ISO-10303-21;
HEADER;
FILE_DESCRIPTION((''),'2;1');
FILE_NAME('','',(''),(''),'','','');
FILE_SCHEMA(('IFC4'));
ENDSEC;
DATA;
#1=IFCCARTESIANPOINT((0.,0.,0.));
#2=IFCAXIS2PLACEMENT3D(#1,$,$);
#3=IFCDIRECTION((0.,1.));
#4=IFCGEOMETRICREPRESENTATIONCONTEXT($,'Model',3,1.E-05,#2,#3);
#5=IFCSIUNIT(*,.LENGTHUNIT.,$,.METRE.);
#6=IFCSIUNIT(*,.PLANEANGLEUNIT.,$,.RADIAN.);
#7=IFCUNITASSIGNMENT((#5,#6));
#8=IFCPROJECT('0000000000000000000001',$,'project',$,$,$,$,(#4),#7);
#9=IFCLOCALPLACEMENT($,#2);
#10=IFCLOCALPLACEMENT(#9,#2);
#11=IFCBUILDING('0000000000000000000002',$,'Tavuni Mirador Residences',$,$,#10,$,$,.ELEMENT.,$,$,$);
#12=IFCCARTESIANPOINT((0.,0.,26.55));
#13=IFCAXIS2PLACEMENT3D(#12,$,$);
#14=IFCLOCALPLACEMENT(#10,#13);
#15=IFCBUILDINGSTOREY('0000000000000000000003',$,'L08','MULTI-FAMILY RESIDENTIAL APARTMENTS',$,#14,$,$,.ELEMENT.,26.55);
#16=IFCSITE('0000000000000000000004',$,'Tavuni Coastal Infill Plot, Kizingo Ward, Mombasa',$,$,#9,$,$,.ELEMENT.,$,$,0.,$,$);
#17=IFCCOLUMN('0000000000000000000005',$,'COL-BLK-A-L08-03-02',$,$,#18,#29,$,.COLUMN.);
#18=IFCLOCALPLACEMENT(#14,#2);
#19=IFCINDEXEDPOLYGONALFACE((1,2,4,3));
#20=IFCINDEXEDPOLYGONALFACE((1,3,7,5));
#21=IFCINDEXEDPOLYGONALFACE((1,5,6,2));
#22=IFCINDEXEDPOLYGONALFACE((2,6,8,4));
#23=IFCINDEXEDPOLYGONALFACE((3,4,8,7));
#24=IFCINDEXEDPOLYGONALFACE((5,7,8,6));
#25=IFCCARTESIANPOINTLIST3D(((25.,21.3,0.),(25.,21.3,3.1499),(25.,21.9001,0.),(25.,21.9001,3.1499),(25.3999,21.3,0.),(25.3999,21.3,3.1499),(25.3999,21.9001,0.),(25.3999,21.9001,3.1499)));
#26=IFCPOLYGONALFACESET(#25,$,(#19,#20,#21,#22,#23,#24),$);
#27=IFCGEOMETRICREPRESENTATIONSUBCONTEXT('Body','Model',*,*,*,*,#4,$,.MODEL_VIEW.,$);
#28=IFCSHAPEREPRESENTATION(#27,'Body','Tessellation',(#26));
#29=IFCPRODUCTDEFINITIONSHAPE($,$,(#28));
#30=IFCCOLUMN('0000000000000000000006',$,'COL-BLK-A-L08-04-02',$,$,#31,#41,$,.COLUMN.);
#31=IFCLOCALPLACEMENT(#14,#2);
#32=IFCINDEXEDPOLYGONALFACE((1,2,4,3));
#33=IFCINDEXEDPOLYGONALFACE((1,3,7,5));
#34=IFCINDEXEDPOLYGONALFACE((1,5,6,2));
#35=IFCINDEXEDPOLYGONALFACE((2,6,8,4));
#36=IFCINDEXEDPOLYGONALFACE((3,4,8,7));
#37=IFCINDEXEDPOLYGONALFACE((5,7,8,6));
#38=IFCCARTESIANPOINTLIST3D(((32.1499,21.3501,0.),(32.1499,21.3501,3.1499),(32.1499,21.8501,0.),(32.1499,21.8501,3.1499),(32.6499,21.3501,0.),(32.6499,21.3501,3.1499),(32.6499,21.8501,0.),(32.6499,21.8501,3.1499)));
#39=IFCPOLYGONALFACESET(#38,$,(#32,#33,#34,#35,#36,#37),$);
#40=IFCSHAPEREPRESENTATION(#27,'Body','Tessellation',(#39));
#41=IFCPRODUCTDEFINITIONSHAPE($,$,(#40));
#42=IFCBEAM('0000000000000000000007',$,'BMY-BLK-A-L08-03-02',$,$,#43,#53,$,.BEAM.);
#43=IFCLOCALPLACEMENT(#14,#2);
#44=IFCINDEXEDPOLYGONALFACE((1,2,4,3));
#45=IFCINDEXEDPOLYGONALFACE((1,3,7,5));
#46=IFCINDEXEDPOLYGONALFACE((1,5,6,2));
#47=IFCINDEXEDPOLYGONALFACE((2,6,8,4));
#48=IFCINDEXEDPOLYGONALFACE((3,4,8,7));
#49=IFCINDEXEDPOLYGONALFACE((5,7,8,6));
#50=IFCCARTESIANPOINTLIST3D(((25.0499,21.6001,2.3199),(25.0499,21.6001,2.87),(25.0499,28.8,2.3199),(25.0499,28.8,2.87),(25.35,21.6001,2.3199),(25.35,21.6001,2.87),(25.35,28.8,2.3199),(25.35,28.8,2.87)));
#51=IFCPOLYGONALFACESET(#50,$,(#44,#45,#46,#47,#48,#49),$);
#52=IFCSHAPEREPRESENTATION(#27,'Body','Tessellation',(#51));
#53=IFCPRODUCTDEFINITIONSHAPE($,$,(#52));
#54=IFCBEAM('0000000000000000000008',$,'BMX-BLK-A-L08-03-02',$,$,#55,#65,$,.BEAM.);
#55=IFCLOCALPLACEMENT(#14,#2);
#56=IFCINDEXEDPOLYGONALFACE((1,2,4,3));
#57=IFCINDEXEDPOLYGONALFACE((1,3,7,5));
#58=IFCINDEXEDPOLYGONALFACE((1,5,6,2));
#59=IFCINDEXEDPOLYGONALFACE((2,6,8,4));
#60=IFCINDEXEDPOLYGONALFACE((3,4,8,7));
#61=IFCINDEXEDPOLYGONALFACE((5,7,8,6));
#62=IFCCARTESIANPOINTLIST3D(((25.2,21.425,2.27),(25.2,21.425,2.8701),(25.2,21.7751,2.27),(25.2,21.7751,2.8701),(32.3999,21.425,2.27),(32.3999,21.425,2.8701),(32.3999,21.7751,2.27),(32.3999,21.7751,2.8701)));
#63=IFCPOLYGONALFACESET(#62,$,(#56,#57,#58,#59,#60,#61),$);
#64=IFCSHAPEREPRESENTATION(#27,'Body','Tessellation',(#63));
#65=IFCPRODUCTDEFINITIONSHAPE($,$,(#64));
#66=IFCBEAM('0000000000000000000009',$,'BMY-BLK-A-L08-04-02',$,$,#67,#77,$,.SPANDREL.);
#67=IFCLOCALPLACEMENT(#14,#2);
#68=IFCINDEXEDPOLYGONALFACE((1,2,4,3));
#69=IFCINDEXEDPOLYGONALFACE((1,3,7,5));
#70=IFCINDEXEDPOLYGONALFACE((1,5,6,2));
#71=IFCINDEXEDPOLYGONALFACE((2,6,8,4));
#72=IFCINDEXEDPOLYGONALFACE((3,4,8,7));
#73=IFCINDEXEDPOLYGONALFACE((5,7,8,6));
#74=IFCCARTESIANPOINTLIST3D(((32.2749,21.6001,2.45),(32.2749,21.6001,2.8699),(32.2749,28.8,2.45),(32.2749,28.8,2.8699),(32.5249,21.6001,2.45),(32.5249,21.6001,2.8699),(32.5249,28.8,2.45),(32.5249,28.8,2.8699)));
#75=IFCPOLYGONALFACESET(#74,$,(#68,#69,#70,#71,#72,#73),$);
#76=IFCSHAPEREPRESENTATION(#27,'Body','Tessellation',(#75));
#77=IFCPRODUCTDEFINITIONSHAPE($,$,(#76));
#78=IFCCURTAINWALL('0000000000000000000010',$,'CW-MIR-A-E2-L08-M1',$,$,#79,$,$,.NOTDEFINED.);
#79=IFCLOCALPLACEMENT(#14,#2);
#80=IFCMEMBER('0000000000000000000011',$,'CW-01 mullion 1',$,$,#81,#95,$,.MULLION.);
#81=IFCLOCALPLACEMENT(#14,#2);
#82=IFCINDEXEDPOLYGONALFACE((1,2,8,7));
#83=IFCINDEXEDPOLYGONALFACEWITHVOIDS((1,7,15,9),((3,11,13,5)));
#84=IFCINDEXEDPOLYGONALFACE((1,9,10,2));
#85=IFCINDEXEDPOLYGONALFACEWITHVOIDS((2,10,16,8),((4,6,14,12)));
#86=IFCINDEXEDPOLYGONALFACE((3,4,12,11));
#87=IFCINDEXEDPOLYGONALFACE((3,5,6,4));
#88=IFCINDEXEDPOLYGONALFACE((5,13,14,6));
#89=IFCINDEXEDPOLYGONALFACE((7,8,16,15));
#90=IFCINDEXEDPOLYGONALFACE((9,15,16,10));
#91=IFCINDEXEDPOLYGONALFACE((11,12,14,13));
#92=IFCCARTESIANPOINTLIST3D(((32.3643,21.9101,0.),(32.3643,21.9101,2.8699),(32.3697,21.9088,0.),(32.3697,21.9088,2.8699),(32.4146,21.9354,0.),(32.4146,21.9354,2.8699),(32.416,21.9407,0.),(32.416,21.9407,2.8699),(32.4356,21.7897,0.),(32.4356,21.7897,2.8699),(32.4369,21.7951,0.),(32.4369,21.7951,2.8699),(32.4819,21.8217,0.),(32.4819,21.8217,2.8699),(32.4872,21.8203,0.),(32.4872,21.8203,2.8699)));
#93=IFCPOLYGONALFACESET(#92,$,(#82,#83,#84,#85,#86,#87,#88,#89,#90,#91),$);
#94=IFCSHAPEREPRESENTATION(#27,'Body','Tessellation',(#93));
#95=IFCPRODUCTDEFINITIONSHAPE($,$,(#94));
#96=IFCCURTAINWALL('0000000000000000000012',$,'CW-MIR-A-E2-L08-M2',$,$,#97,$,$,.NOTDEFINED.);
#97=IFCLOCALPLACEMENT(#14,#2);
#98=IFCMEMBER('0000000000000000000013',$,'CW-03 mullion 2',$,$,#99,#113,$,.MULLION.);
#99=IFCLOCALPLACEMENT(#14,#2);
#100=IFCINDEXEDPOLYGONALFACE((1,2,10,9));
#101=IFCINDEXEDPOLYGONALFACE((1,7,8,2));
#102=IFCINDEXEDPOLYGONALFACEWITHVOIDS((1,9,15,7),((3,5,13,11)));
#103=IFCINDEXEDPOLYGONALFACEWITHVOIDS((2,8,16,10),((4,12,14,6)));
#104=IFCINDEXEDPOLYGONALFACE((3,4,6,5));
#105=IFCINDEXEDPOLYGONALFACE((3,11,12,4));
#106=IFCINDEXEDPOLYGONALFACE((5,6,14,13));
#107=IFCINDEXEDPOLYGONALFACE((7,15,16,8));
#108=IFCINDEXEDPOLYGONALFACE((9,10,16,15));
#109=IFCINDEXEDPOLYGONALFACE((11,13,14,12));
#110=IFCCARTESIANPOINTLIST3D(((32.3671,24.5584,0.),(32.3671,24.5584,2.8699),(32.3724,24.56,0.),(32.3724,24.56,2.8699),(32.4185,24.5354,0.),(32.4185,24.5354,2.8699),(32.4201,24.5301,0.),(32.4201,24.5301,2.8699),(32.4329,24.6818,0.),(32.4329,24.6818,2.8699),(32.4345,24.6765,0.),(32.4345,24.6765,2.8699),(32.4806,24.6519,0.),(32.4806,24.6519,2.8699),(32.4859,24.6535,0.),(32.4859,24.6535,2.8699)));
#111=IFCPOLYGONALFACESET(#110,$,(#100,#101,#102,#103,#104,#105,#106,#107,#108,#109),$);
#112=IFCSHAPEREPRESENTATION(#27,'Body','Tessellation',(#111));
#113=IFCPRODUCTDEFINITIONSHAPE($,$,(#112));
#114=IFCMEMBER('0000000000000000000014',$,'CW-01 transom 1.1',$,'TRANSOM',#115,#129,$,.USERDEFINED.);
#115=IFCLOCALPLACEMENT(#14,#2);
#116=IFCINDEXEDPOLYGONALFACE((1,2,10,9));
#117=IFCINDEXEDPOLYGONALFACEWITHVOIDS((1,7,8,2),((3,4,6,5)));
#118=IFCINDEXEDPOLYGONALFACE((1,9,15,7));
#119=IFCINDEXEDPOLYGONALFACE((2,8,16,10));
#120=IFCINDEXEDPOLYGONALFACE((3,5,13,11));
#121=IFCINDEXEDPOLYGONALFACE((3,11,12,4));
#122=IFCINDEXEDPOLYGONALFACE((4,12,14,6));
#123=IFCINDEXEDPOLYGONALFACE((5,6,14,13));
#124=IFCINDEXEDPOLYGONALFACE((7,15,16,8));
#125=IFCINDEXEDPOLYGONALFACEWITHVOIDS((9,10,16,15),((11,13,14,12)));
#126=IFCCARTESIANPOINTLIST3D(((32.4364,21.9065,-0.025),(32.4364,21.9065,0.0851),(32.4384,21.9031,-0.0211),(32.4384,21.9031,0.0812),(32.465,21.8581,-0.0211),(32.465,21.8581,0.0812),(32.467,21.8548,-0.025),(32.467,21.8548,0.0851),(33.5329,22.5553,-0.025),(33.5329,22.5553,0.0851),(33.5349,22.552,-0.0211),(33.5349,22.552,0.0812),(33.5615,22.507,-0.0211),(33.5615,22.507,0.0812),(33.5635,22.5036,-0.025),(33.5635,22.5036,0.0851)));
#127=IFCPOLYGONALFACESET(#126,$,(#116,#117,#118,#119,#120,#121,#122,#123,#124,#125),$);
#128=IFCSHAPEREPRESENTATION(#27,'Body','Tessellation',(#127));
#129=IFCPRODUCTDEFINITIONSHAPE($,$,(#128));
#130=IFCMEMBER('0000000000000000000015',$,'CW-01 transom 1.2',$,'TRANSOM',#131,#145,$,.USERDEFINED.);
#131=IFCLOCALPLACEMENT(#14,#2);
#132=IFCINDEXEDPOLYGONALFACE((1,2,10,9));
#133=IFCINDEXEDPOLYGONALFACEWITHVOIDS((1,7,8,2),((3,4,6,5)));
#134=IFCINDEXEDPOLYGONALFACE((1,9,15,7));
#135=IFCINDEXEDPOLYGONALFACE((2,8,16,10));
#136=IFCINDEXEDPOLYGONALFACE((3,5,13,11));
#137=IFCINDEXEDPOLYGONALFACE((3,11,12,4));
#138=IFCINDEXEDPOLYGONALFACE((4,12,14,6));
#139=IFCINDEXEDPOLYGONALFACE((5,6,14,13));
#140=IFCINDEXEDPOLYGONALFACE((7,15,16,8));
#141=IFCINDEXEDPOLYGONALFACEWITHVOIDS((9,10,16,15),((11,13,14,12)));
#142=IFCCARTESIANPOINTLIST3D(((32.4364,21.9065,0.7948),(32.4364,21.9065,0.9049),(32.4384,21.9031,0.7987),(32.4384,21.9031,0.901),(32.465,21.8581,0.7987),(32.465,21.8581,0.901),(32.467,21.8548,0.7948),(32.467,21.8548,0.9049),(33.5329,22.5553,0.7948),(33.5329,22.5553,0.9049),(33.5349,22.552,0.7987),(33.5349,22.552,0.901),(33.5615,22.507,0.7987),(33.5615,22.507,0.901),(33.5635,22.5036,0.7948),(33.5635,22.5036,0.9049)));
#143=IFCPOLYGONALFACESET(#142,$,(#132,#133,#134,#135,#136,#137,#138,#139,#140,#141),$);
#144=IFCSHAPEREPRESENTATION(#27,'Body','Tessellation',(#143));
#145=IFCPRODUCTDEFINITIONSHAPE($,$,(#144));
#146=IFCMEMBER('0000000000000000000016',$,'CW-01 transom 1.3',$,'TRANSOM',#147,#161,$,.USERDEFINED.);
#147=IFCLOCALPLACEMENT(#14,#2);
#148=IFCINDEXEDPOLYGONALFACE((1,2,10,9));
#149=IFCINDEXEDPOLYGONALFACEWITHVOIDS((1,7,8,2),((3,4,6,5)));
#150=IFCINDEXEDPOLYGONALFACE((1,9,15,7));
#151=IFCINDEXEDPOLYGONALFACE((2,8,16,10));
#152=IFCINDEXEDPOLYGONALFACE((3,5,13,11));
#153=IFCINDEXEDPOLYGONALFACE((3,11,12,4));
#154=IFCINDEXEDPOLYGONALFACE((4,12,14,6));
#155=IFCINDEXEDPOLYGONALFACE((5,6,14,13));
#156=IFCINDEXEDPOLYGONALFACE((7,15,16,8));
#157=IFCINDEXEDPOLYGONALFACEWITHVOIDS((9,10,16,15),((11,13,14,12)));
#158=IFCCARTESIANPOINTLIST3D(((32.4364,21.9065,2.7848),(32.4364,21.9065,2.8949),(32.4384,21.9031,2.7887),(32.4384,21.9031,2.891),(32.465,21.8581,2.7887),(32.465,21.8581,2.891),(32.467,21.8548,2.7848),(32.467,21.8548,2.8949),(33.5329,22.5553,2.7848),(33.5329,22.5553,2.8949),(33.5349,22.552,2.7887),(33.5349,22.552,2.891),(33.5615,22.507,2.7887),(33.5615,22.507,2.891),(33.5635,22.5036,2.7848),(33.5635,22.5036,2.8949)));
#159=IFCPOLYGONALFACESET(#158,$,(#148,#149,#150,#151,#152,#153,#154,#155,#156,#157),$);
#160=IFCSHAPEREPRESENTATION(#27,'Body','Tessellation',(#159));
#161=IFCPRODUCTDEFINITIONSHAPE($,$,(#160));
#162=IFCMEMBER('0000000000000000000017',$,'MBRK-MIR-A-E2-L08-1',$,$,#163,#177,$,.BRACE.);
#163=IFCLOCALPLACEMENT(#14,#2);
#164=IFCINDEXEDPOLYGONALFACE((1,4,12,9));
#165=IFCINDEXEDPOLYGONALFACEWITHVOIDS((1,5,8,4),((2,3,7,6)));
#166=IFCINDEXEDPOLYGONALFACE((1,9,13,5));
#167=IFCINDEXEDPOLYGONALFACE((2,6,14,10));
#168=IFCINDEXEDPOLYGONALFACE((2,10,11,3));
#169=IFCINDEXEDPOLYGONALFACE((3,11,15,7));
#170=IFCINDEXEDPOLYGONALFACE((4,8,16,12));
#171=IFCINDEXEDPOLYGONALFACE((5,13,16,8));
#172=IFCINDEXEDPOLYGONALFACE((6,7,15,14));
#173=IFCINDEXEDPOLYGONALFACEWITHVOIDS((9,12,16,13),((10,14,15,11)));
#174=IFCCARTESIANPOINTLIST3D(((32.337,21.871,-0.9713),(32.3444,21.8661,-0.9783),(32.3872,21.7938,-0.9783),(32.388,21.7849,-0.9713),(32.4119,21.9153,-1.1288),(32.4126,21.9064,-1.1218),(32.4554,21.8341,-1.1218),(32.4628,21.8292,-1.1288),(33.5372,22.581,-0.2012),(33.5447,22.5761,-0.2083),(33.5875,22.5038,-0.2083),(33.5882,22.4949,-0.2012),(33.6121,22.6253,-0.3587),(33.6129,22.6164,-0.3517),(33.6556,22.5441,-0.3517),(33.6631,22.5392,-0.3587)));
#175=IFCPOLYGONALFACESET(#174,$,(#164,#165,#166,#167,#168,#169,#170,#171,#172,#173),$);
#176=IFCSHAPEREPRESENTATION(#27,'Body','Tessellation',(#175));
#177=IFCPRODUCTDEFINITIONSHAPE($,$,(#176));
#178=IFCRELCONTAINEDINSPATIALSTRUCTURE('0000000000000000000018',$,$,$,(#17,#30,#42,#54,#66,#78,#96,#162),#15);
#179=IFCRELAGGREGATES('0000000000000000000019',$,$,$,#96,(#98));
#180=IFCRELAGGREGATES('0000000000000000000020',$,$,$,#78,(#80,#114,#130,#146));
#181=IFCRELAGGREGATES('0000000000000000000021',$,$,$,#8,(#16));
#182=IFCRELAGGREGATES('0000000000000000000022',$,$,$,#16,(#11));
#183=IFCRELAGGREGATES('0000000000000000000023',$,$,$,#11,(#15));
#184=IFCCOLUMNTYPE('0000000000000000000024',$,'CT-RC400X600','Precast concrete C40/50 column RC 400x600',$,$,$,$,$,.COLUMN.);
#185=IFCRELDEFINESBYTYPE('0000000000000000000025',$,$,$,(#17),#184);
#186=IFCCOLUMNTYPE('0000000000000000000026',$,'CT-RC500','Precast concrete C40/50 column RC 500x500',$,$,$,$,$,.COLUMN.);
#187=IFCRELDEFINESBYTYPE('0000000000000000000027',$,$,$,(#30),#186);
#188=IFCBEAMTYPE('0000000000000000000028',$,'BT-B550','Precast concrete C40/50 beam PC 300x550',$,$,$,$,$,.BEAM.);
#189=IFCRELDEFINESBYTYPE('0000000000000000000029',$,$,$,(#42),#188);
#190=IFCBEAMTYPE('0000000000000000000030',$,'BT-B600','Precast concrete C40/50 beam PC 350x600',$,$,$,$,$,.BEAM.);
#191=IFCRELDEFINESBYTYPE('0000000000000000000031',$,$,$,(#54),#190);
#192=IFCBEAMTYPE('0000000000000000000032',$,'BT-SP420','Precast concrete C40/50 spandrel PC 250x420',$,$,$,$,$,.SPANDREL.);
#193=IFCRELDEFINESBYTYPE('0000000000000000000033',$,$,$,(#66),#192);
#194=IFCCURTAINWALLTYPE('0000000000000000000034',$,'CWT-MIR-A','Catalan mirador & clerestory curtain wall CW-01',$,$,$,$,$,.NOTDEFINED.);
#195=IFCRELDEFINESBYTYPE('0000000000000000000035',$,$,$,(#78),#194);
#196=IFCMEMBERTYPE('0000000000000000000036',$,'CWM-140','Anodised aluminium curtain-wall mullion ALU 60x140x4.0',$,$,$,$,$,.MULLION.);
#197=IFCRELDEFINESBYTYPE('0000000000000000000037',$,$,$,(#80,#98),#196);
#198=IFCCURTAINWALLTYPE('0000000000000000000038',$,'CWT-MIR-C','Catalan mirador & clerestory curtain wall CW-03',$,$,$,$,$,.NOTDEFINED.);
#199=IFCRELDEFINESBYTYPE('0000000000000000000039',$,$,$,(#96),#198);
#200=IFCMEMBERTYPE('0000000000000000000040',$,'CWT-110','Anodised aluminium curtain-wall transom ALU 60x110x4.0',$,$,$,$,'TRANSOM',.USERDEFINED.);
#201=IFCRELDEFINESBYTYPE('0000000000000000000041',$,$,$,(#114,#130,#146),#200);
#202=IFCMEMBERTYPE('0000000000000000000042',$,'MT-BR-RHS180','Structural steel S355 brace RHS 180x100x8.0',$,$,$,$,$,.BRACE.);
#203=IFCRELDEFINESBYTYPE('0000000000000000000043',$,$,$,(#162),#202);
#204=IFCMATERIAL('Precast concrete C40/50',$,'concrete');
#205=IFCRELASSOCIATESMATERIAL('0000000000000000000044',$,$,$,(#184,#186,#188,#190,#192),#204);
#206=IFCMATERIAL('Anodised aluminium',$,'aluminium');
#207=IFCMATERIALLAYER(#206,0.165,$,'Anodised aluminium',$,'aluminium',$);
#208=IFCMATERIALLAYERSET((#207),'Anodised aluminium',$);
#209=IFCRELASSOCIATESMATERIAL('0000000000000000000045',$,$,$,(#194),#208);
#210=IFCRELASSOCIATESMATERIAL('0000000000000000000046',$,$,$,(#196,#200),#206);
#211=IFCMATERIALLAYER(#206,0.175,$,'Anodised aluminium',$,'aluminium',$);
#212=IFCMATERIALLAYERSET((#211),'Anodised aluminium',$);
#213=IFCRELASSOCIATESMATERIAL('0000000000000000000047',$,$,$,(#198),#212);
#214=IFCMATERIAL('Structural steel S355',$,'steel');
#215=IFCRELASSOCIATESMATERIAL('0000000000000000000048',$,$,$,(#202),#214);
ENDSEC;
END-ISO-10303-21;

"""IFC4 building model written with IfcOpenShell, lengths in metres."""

from ifc_helpers import new_model, si_unit, direction, frame, origin, origin_2d, place, context, subcontext, project, spatial, rectangle, hollow_rectangle, extrude, material, layer, layer_set, material_profile, profile_set, type_object, element, aggregate, save


model = new_model("IFC4")

# Units and contexts
model_context = context("Model", 3, precision=1e-05, world=origin(), true_north=direction((0.0, 1.0)))
body_context = subcontext(model_context, "Body", "Model", "MODEL_VIEW")
ifc_project = project(units=[si_unit("LENGTHUNIT", "METRE"), si_unit("PLANEANGLEUNIT", "RADIAN")], contexts=[model_context])

# Site, building, storey
site_placement = place(None, origin())
site = spatial("IfcSite", under=ifc_project, at=site_placement, Name="Tavuni Coastal Infill Plot, Kizingo Ward, Mombasa", CompositionType="ELEMENT", RefElevation=0.0)
building_placement = place(site_placement, origin())
building = spatial("IfcBuilding", under=site, at=building_placement, Name="Tavuni Mirador Residences", CompositionType="ELEMENT")
storey_placement = place(building_placement, frame((0.0, 0.0, 26.55)))
storey = spatial("IfcBuildingStorey", under=building, at=storey_placement, Name="L08", Description="MULTI-FAMILY RESIDENTIAL APARTMENTS", CompositionType="ELEMENT", Elevation=26.55)

# Columns
ifc_material_1 = material(Name="Precast concrete C40/50", Category="concrete")
ifc_material_profile_1 = material_profile(ifc_material_1, rectangle(XDim=0.3999, YDim=0.6001, at=origin_2d()), Name="RC 400x600", Category="concrete")
ifc_profile_set_1 = profile_set([ifc_material_profile_1], Name="Precast concrete C40/50")
column_type_1 = type_object("IfcColumnType", Name="CT-RC400X600", Description="Precast concrete C40/50 column RC 400x600", PredefinedType="COLUMN", material=ifc_profile_set_1)
column_1_placement = place(storey_placement, frame((25.2, 21.6001, 0.0), z_axis=(0.0, 0.0, 1.0), x_axis=(1.0, 0.0, 0.0)))
element("IfcColumn", 1, at=column_1_placement, inside=storey, type_object=column_type_1, Name="COL-BLK-A-L08-03-02", PredefinedType="COLUMN", context=body_context, shape_type="SweptSolid", body=[
    extrude(rectangle(XDim=0.3999, YDim=0.6001, at=origin_2d()), origin(), (0.0, 0.0, 1.0), 3.1499),
])
ifc_material_profile_2 = material_profile(ifc_material_1, rectangle(XDim=0.5, YDim=0.5, at=origin_2d()), Name="RC 500x500", Category="concrete")
ifc_profile_set_2 = profile_set([ifc_material_profile_2], Name="Precast concrete C40/50")
column_type_2 = type_object("IfcColumnType", Name="CT-RC500", Description="Precast concrete C40/50 column RC 500x500", PredefinedType="COLUMN", material=ifc_profile_set_2)
column_2_placement = place(storey_placement, frame((32.3999, 21.6001, 0.0), z_axis=(0.0, 0.0, 1.0), x_axis=(1.0, 0.0, 0.0)))
element("IfcColumn", 2, at=column_2_placement, inside=storey, type_object=column_type_2, Name="COL-BLK-A-L08-04-02", PredefinedType="COLUMN", context=body_context, shape_type="SweptSolid", body=[
    extrude(rectangle(XDim=0.5, YDim=0.5, at=origin_2d()), origin(), (0.0, 0.0, 1.0), 3.1499),
])

# Beams
ifc_material_profile_3 = material_profile(ifc_material_1, rectangle(XDim=0.3, YDim=0.55, at=origin_2d()), Name="PC 300x550", Category="concrete")
ifc_profile_set_3 = profile_set([ifc_material_profile_3], Name="Precast concrete C40/50")
beam_type_1 = type_object("IfcBeamType", Name="BT-B550", Description="Precast concrete C40/50 beam PC 300x550", PredefinedType="BEAM", material=ifc_profile_set_3)
beam_1_placement = place(storey_placement, frame((25.2, 21.6001, 2.595), z_axis=(0.0, 1.0, 0.0), x_axis=(-1.0, 0.0, 0.0)))
element("IfcBeam", 3, at=beam_1_placement, inside=storey, type_object=beam_type_1, Name="BMY-BLK-A-L08-03-02", PredefinedType="BEAM", context=body_context, shape_type="SweptSolid", body=[
    extrude(rectangle(XDim=0.3, YDim=0.55, at=origin_2d()), origin(), (0.0, 0.0, 1.0), 7.2),
])
ifc_material_profile_4 = material_profile(ifc_material_1, rectangle(XDim=0.3501, YDim=0.6001, at=origin_2d()), Name="PC 350x600", Category="concrete")
ifc_profile_set_4 = profile_set([ifc_material_profile_4], Name="Precast concrete C40/50")
beam_type_2 = type_object("IfcBeamType", Name="BT-B600", Description="Precast concrete C40/50 beam PC 350x600", PredefinedType="BEAM", material=ifc_profile_set_4)
beam_2_placement = place(storey_placement, frame((25.2, 21.6001, 2.5701), z_axis=(1.0, 0.0, 0.0), x_axis=(0.0, 1.0, 0.0)))
element("IfcBeam", 4, at=beam_2_placement, inside=storey, type_object=beam_type_2, Name="BMX-BLK-A-L08-03-02", PredefinedType="BEAM", context=body_context, shape_type="SweptSolid", body=[
    extrude(rectangle(XDim=0.3501, YDim=0.6001, at=origin_2d()), origin(), (0.0, 0.0, 1.0), 7.2),
])
ifc_material_profile_5 = material_profile(ifc_material_1, rectangle(XDim=0.25, YDim=0.4199, at=origin_2d()), Name="PC 250x420", Category="concrete")
ifc_profile_set_5 = profile_set([ifc_material_profile_5], Name="Precast concrete C40/50")
beam_type_3 = type_object("IfcBeamType", Name="BT-SP420", Description="Precast concrete C40/50 spandrel PC 250x420", PredefinedType="SPANDREL", material=ifc_profile_set_5)
beam_3_placement = place(storey_placement, frame((32.3999, 21.6001, 2.6599), z_axis=(0.0, 1.0, 0.0), x_axis=(-1.0, 0.0, 0.0)))
element("IfcBeam", 5, at=beam_3_placement, inside=storey, type_object=beam_type_3, Name="BMY-BLK-A-L08-04-02", PredefinedType="SPANDREL", context=body_context, shape_type="SweptSolid", body=[
    extrude(rectangle(XDim=0.25, YDim=0.4199, at=origin_2d()), origin(), (0.0, 0.0, 1.0), 7.2),
])

# Curtain walls, members
ifc_material_2 = material(Name="Anodised aluminium", Category="aluminium")
ifc_layer_1 = layer(ifc_material_2, 0.165, Name="Anodised aluminium", Category="aluminium")
ifc_layer_set_1 = layer_set([ifc_layer_1], Name="Anodised aluminium")
curtain_wall_type_1 = type_object("IfcCurtainWallType", Name="CWT-MIR-A", Description="Catalan mirador & clerestory curtain wall CW-01", PredefinedType="NOTDEFINED", material=ifc_layer_set_1)
curtain_wall_1_placement = place(storey_placement, origin())
curtain_wall_1 = element("IfcCurtainWall", 6, at=curtain_wall_1_placement, inside=storey, type_object=curtain_wall_type_1, Name="CW-MIR-A-E2-L08-M1", PredefinedType="NOTDEFINED")
ifc_material_profile_6 = material_profile(ifc_material_2, hollow_rectangle(XDim=0.0601, YDim=0.1399, WallThickness=0.0039, at=origin_2d()), Name="ALU 60x140x4.0", Category="aluminium")
ifc_profile_set_6 = profile_set([ifc_material_profile_6], Name="Anodised aluminium")
member_type_1 = type_object("IfcMemberType", Name="CWM-140", Description="Anodised aluminium curtain-wall mullion ALU 60x140x4.0", PredefinedType="MULLION", material=ifc_profile_set_6)
member_1_placement = place(storey_placement, frame((32.4258, 21.8652, 0.0), z_axis=(0.0, 0.0, 1.0), x_axis=(0.860641, 0.509212, 0.0)))
member_1 = element("IfcMember", 7, at=member_1_placement, type_object=member_type_1, Name="CW-01 mullion 1", PredefinedType="MULLION", context=body_context, shape_type="SweptSolid", body=[
    extrude(hollow_rectangle(XDim=0.0601, YDim=0.1399, WallThickness=0.0039, at=origin_2d()), origin(), (0.0, 0.0, 1.0), 2.8699),
])
ifc_layer_2 = layer(ifc_material_2, 0.175, Name="Anodised aluminium", Category="aluminium")
ifc_layer_set_2 = layer_set([ifc_layer_2], Name="Anodised aluminium")
curtain_wall_type_2 = type_object("IfcCurtainWallType", Name="CWT-MIR-C", Description="Catalan mirador & clerestory curtain wall CW-03", PredefinedType="NOTDEFINED", material=ifc_layer_set_2)
curtain_wall_2_placement = place(storey_placement, origin())
curtain_wall_2 = element("IfcCurtainWall", 8, at=curtain_wall_2_placement, inside=storey, type_object=curtain_wall_type_2, Name="CW-MIR-A-E2-L08-M2", PredefinedType="NOTDEFINED")
member_2_placement = place(storey_placement, frame((32.4265, 24.606, 0.0), z_axis=(0.0, 0.0, 1.0), x_axis=(-0.882353, 0.470588, 0.0)))
member_2 = element("IfcMember", 9, at=member_2_placement, type_object=member_type_1, Name="CW-03 mullion 2", PredefinedType="MULLION", context=body_context, shape_type="SweptSolid", body=[
    extrude(hollow_rectangle(XDim=0.0601, YDim=0.1399, WallThickness=0.0039, at=origin_2d()), origin(), (0.0, 0.0, 1.0), 2.8699),
])
aggregate(curtain_wall_2, [member_2])

# Members
ifc_material_profile_7 = material_profile(ifc_material_2, hollow_rectangle(XDim=0.0601, YDim=0.1101, WallThickness=0.0039, at=origin_2d()), Name="ALU 60x110x4.0", Category="aluminium")
ifc_profile_set_7 = profile_set([ifc_material_profile_7], Name="Anodised aluminium")
member_type_2 = type_object("IfcMemberType", Name="CWT-110", Description="Anodised aluminium curtain-wall transom ALU 60x110x4.0", ElementType="TRANSOM", PredefinedType="USERDEFINED", material=ifc_profile_set_7)
member_3_placement = place(storey_placement, frame((32.4517, 21.8806, 0.03), z_axis=(0.860621, 0.509246, 0.0), x_axis=(-0.509246, 0.860621, 0.0)))
member_3 = element("IfcMember", 10, at=member_3_placement, type_object=member_type_2, Name="CW-01 transom 1.1", ObjectType="TRANSOM", PredefinedType="USERDEFINED", context=body_context, shape_type="SweptSolid", body=[
    extrude(hollow_rectangle(XDim=0.0601, YDim=0.1101, WallThickness=0.0039, at=origin_2d()), origin(), (0.0, 0.0, 1.0), 1.2742),
])
member_4_placement = place(storey_placement, frame((32.4517, 21.8806, 0.8499), z_axis=(0.860621, 0.509246, 0.0), x_axis=(-0.509246, 0.860621, 0.0)))
member_4 = element("IfcMember", 11, at=member_4_placement, type_object=member_type_2, Name="CW-01 transom 1.2", ObjectType="TRANSOM", PredefinedType="USERDEFINED", context=body_context, shape_type="SweptSolid", body=[
    extrude(hollow_rectangle(XDim=0.0601, YDim=0.1101, WallThickness=0.0039, at=origin_2d()), origin(), (0.0, 0.0, 1.0), 1.2742),
])
member_5_placement = place(storey_placement, frame((32.4517, 21.8806, 2.8398), z_axis=(0.860621, 0.509246, 0.0), x_axis=(-0.509246, 0.860621, 0.0)))
member_5 = element("IfcMember", 12, at=member_5_placement, type_object=member_type_2, Name="CW-01 transom 1.3", ObjectType="TRANSOM", PredefinedType="USERDEFINED", context=body_context, shape_type="SweptSolid", body=[
    extrude(hollow_rectangle(XDim=0.0601, YDim=0.1101, WallThickness=0.0039, at=origin_2d()), origin(), (0.0, 0.0, 1.0), 1.2742),
])
aggregate(curtain_wall_1, [member_1, member_3, member_4, member_5])

# Member
ifc_material_3 = material(Name="Structural steel S355", Category="steel")
ifc_material_profile_8 = material_profile(ifc_material_3, hollow_rectangle(XDim=0.1001, YDim=0.1799, WallThickness=0.0081, at=origin_2d()), Name="RHS 180x100x8.0", Category="steel")
ifc_profile_set_8 = profile_set([ifc_material_profile_8], Name="Structural steel S355")
member_type_3 = type_object("IfcMemberType", Name="MT-BR-RHS180", Description="Structural steel S355 brace RHS 180x100x8.0", PredefinedType="BRACE", material=ifc_profile_set_8)
member_6_placement = place(storey_placement, frame((32.3999, 21.8501, -1.05), z_axis=(0.753449, 0.445693, 0.483397), x_axis=(-0.50913, 0.860689, 0.0)))
element("IfcMember", 13, at=member_6_placement, inside=storey, type_object=member_type_3, Name="MBRK-MIR-A-E2-L08-1", PredefinedType="BRACE", context=body_context, shape_type="SweptSolid", body=[
    extrude(hollow_rectangle(XDim=0.1001, YDim=0.1799, WallThickness=0.0081, at=origin_2d()), origin(), (0.0, 0.0, 1.0), 1.593),
])

save(model, "model.ifc")
